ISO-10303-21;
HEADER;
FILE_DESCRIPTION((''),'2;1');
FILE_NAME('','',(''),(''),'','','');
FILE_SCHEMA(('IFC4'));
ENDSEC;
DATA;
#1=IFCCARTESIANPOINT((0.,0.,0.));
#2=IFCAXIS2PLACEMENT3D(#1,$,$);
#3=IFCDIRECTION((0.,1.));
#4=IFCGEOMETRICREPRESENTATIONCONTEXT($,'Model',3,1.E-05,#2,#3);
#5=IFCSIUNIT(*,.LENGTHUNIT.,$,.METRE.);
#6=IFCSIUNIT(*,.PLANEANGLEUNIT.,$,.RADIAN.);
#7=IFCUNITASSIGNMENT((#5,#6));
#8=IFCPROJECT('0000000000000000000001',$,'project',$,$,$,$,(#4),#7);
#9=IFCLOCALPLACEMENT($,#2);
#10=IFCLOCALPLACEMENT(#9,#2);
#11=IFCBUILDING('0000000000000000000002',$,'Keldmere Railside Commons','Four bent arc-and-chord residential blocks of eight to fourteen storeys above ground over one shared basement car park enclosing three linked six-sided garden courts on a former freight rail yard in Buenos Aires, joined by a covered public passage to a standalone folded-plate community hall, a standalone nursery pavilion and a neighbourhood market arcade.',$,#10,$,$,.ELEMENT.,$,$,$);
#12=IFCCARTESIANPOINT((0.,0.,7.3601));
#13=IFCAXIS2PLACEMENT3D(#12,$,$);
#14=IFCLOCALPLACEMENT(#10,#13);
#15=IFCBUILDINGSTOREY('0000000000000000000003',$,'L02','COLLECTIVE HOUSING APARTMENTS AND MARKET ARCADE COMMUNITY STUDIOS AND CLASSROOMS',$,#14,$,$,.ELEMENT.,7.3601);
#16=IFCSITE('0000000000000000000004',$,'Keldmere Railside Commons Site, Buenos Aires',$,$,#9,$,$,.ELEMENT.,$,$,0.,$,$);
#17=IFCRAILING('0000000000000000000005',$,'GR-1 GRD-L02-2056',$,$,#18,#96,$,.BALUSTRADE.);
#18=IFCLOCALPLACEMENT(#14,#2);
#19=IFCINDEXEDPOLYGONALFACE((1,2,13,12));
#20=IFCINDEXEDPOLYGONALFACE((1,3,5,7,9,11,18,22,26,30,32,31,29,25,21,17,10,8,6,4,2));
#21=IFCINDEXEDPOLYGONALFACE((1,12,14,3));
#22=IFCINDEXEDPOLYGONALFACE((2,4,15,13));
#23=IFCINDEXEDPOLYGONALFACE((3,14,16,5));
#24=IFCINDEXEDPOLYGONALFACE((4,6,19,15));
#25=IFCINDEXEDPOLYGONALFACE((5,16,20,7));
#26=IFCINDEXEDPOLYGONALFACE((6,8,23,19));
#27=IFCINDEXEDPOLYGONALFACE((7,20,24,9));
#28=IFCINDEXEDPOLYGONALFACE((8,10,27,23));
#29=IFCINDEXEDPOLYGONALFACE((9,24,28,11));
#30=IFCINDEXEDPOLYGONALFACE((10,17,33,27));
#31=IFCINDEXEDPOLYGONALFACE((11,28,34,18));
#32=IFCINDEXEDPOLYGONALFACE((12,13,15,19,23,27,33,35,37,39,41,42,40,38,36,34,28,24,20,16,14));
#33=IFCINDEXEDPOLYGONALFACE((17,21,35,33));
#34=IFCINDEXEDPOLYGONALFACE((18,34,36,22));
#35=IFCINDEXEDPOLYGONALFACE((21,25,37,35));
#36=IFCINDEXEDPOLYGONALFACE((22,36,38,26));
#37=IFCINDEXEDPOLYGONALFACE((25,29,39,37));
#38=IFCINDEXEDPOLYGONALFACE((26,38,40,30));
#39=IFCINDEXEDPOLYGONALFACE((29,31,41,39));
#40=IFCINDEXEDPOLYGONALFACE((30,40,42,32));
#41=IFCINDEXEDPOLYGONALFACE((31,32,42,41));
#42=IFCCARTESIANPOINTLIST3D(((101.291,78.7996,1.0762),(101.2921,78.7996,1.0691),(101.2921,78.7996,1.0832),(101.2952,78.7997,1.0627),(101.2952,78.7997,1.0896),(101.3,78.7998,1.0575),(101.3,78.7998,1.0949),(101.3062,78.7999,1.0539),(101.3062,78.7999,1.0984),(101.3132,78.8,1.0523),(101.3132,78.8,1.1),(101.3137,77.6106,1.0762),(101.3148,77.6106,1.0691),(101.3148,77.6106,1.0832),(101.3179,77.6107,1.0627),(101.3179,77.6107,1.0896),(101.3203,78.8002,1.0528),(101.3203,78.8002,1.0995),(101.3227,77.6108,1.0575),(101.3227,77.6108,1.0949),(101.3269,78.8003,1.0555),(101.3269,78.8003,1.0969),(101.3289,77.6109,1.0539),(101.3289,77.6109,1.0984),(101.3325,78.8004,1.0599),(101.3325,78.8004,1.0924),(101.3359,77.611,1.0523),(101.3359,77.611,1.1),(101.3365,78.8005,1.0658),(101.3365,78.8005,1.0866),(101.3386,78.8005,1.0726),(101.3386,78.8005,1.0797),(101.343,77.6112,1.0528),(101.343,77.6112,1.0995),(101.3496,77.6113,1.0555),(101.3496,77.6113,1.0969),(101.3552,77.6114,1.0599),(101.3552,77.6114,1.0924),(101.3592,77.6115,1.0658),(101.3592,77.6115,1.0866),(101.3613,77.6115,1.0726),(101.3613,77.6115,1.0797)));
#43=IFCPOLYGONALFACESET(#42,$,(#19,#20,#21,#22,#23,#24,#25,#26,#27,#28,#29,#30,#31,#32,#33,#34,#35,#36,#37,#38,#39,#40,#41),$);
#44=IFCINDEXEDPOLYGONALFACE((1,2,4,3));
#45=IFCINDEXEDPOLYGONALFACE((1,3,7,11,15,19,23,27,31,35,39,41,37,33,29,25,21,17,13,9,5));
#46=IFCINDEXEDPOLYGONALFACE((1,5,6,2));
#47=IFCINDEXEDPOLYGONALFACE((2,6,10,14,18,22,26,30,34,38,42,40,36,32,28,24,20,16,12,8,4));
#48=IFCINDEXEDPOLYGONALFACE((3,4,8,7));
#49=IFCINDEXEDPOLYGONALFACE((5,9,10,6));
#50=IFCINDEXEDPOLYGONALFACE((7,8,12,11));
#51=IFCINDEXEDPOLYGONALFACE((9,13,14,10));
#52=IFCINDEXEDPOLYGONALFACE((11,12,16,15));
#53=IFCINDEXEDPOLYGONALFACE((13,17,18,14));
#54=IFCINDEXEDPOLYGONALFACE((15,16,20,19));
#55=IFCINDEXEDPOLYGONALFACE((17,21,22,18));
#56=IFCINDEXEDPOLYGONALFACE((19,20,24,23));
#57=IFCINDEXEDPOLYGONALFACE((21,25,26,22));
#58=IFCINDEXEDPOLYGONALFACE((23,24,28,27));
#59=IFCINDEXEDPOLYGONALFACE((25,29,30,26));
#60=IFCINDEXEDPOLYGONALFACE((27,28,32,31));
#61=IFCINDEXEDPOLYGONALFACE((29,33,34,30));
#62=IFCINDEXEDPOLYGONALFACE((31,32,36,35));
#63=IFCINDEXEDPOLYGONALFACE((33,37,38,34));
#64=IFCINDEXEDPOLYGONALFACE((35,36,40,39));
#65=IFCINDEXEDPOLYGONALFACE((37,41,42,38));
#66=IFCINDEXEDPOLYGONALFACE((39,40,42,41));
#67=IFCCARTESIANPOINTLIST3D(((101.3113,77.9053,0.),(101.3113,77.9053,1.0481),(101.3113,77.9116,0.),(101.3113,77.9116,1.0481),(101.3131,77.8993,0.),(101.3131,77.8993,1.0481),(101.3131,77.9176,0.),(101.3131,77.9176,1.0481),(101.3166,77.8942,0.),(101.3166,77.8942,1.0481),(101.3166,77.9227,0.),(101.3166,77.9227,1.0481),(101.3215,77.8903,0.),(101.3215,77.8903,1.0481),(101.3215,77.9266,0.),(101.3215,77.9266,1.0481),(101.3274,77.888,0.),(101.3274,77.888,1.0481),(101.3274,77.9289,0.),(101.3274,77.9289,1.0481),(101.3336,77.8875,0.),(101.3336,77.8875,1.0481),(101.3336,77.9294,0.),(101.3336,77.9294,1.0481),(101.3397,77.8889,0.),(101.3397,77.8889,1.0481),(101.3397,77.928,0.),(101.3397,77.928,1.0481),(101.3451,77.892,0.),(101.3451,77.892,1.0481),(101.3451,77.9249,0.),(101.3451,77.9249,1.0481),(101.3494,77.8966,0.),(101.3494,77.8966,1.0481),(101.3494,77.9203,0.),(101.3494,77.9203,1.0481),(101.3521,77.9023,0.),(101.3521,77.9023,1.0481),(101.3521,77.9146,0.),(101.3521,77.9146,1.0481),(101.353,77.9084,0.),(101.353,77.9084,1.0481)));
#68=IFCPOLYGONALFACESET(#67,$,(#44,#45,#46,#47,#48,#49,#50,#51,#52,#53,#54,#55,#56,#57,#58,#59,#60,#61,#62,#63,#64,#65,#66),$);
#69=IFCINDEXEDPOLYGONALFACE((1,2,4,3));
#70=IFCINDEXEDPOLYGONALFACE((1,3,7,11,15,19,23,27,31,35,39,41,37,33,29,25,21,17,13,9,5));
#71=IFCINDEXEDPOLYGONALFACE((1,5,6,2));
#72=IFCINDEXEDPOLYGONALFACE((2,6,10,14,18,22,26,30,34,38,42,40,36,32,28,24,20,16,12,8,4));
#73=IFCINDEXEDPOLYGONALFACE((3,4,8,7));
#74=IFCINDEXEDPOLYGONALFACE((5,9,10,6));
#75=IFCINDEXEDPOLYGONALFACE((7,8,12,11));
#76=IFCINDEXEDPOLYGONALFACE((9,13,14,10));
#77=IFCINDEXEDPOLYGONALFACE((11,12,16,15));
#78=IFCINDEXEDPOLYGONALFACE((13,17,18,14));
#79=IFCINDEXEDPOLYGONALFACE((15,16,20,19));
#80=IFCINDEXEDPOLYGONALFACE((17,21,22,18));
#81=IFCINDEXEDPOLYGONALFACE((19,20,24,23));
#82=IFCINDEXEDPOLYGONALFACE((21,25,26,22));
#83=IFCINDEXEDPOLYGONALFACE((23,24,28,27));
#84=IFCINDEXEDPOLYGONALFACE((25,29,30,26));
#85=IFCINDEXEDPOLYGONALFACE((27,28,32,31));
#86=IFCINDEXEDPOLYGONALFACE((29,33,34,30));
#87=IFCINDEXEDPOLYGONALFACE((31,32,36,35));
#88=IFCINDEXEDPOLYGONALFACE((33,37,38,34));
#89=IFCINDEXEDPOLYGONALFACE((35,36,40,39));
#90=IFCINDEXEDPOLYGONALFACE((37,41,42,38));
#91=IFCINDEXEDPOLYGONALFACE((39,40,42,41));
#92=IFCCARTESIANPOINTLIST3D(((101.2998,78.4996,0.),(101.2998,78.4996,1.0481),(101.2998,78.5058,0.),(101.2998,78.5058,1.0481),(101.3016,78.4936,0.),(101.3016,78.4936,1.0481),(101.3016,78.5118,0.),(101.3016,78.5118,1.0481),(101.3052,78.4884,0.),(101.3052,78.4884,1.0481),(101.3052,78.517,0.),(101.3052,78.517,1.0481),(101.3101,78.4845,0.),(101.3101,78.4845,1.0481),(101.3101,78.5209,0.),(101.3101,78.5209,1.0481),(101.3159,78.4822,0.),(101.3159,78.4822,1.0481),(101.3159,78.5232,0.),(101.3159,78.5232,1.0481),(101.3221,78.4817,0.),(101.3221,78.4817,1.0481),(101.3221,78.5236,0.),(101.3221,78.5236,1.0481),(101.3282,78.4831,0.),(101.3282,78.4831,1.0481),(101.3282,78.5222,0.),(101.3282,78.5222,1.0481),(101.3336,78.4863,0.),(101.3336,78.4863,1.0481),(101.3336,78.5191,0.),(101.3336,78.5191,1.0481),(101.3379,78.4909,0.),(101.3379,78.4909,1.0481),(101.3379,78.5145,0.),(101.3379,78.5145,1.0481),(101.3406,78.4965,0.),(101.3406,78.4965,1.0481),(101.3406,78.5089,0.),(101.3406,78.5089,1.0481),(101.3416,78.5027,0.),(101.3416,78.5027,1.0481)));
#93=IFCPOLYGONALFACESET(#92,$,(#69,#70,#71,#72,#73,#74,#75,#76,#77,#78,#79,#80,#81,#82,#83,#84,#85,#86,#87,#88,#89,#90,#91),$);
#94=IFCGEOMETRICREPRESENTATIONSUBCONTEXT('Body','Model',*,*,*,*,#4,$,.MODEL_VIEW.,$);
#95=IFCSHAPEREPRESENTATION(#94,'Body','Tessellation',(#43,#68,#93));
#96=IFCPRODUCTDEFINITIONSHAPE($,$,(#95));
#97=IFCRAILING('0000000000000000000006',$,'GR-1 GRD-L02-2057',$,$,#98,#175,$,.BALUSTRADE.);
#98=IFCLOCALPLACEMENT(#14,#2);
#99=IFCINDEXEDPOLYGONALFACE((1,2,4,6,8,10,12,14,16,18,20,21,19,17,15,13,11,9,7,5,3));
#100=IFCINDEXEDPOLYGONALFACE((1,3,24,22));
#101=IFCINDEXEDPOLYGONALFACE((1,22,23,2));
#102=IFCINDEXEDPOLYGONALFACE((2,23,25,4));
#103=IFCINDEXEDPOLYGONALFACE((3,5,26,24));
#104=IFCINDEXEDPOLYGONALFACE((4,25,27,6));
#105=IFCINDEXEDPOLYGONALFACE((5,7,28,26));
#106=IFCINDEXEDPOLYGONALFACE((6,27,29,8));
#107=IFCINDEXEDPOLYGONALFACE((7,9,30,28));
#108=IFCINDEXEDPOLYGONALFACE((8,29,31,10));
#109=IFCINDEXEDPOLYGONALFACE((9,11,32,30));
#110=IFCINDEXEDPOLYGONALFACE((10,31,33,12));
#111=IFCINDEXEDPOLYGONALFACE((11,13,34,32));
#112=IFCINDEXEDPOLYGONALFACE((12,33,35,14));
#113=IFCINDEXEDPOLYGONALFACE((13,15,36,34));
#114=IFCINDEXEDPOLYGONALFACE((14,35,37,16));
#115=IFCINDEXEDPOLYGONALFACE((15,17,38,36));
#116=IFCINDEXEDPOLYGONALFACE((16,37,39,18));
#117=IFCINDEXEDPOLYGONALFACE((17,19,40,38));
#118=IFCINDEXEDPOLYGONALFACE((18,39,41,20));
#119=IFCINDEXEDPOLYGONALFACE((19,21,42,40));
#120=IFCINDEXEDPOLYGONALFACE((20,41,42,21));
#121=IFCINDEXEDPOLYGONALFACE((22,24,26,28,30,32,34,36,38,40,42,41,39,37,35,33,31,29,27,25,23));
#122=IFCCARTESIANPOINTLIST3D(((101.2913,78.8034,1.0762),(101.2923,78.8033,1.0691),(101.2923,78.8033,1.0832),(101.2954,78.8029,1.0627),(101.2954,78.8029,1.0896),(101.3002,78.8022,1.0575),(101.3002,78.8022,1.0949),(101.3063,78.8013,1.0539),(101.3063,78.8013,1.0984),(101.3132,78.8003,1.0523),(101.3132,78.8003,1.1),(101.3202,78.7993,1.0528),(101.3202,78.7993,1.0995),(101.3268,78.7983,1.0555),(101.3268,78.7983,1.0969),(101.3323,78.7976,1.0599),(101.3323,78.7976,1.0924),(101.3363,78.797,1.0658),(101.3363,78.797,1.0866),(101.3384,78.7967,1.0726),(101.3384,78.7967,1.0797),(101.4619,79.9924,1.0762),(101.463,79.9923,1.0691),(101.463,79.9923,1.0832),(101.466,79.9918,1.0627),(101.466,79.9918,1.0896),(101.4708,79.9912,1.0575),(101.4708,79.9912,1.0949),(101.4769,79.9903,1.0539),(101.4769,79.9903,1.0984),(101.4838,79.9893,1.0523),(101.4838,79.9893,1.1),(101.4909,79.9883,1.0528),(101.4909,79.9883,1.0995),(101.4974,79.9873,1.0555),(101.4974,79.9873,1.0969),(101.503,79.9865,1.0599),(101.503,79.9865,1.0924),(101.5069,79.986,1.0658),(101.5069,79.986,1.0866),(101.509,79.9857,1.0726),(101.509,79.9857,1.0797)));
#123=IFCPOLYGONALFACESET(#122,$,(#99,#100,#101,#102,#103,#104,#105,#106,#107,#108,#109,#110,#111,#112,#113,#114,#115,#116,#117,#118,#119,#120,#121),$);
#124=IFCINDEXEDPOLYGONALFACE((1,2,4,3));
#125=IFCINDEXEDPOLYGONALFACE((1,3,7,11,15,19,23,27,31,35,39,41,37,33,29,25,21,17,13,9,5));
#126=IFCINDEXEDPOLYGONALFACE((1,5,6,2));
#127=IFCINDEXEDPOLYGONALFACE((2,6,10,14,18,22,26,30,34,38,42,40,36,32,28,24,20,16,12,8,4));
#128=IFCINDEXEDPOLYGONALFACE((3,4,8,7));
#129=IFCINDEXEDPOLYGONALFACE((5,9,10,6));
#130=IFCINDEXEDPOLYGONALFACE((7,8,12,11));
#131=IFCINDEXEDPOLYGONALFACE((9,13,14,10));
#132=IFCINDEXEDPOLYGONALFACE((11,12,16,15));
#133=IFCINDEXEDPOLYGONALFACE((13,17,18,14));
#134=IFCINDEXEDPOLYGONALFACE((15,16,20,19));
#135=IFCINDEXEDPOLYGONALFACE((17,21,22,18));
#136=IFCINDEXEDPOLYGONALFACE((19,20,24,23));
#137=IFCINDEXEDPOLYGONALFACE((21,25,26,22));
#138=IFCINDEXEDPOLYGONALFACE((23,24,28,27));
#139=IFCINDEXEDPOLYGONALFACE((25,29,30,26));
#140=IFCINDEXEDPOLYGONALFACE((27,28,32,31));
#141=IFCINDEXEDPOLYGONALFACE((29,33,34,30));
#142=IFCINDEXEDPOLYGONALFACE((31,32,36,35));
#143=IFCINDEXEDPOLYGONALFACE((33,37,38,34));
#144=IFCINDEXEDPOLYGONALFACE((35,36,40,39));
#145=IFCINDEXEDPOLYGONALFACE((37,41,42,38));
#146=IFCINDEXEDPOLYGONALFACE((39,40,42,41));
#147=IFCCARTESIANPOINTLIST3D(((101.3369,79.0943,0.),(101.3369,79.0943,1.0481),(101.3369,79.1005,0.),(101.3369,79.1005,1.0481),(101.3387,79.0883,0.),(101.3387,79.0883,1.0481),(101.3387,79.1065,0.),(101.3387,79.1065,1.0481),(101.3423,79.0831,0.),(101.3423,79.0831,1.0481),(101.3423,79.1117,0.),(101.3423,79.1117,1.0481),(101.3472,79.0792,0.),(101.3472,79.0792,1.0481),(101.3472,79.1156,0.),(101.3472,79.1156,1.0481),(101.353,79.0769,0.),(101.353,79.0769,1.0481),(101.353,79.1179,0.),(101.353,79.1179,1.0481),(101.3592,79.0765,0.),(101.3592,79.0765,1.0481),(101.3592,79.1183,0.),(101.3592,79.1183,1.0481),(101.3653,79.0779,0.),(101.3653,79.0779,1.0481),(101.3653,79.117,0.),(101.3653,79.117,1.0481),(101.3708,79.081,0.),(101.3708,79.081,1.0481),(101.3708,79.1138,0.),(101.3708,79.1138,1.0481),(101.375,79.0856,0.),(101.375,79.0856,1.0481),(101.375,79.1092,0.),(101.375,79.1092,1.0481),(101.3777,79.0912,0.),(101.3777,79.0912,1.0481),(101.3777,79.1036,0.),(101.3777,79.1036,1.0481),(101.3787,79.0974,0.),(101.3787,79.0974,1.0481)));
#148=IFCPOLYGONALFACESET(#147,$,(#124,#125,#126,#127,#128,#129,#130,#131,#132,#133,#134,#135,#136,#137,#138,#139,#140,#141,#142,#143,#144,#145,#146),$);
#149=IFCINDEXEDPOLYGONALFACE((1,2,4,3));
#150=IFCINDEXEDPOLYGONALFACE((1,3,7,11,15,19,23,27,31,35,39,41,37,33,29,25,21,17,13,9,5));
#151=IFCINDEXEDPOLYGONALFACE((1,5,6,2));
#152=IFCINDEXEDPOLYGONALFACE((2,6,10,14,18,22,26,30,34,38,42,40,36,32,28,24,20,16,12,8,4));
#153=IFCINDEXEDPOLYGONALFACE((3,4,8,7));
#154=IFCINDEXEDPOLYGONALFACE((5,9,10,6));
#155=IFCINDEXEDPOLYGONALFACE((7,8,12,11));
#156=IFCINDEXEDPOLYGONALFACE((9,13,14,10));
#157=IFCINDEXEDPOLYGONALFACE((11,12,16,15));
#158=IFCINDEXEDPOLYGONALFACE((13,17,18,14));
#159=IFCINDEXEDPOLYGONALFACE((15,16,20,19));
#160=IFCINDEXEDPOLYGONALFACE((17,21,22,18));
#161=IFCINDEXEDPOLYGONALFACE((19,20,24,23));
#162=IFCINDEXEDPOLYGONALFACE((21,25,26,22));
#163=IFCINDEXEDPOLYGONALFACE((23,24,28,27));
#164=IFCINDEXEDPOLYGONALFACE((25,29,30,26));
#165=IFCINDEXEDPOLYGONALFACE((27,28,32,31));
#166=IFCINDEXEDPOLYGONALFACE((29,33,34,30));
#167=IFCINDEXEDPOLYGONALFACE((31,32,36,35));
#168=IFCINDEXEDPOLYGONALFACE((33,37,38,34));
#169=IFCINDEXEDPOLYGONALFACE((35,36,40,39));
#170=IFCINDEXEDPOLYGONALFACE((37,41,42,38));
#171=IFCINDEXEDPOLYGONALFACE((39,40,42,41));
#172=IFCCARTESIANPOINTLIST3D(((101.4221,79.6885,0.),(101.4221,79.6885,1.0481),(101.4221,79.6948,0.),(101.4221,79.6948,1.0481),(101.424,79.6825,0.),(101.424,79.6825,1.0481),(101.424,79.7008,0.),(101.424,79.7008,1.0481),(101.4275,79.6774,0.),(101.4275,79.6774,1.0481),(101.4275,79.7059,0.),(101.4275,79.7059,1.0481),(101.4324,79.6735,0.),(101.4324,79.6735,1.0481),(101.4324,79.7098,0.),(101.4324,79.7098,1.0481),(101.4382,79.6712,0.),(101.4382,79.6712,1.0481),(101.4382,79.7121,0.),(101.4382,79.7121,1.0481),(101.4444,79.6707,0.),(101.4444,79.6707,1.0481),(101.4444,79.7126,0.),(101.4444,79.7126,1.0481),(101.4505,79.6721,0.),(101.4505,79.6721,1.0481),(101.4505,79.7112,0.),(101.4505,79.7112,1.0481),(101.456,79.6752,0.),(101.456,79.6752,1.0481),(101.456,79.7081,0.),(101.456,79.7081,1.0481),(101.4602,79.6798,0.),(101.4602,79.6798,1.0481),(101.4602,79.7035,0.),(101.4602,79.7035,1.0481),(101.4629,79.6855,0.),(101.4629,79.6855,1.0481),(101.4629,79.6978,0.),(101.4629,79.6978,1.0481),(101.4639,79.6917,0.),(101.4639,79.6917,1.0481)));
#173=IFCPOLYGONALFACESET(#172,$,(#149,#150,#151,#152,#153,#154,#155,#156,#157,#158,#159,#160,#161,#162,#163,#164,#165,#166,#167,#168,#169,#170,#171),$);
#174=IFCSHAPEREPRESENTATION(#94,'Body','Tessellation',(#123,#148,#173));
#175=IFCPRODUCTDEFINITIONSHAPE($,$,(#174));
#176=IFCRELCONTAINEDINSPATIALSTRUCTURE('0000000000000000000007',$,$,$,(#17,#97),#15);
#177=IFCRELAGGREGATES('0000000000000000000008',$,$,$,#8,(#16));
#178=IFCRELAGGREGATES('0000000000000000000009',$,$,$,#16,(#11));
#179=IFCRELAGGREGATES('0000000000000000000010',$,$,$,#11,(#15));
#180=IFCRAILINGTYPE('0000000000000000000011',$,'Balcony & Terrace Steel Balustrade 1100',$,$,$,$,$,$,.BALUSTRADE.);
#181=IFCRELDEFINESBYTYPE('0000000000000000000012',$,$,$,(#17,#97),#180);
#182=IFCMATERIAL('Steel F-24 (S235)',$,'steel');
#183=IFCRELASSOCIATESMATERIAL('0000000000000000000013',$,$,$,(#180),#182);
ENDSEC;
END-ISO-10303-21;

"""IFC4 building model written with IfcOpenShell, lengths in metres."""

from ifc_helpers import new_model, si_unit, direction, frame, origin, origin_2d, place, context, subcontext, project, spatial, circle, extrude, material, type_object, element, save


model = new_model("IFC4")

# Units and contexts
model_context = context("Model", 3, precision=1e-05, world=origin(), true_north=direction((0.0, 1.0)))
body_context = subcontext(model_context, "Body", "Model", "MODEL_VIEW")
ifc_project = project(units=[si_unit("LENGTHUNIT", "METRE"), si_unit("PLANEANGLEUNIT", "RADIAN")], contexts=[model_context])

# Site, building, storey
site_placement = place(None, origin())
site = spatial("IfcSite", under=ifc_project, at=site_placement, Name="Keldmere Railside Commons Site, Buenos Aires", CompositionType="ELEMENT", RefElevation=0.0)
building_placement = place(site_placement, origin())
building = spatial("IfcBuilding", under=site, at=building_placement, Name="Keldmere Railside Commons", Description="Four bent arc-and-chord residential blocks of eight to fourteen storeys above ground over one shared basement car park enclosing three linked six-sided garden courts on a former freight rail yard in Buenos Aires, joined by a covered public passage to a standalone folded-plate community hall, a standalone nursery pavilion and a neighbourhood market arcade.", CompositionType="ELEMENT")
storey_placement = place(building_placement, frame((0.0, 0.0, 7.3601)))
storey = spatial("IfcBuildingStorey", under=building, at=storey_placement, Name="L02", Description="COLLECTIVE HOUSING APARTMENTS AND MARKET ARCADE COMMUNITY STUDIOS AND CLASSROOMS", CompositionType="ELEMENT", Elevation=7.3601)

# Shared definitions
ifc_material_1 = material(Name="Steel F-24 (S235)", Category="steel")

# Railings
railing_type = type_object("IfcRailingType", Name="Balcony & Terrace Steel Balustrade 1100", PredefinedType="BALUSTRADE", material=ifc_material_1)
railing_1_placement = place(storey_placement, frame((101.3376, 77.6111, 0.0)))
element("IfcRailing", 1, at=railing_1_placement, inside=storey, type_object=railing_type, Name="GR-1 GRD-L02-2056", PredefinedType="BALUSTRADE", context=body_context, shape_type="SweptSolid", body=[
    extrude(circle(Radius=0.0239, at=origin_2d()), frame((0.0, 0.0, 1.0762), z_axis=(-0.019093, 0.999818, 0.0), x_axis=(-0.999818, -0.019093, 0.0)), (0.0, 0.0, 1.0), 1.1892),
    extrude(circle(Radius=0.021, at=origin_2d()), frame((-0.0056, 0.2974, 0.0)), (0.0, 0.0, 1.0), 1.0481),
    extrude(circle(Radius=0.021, at=origin_2d()), frame((-0.0171, 0.8916, 0.0)), (0.0, 0.0, 1.0), 1.0481),
])
railing_2_placement = place(storey_placement, frame((101.3149, 78.8, 0.0)))
element("IfcRailing", 2, at=railing_2_placement, inside=storey, type_object=railing_type, Name="GR-1 GRD-L02-2057", PredefinedType="BALUSTRADE", context=body_context, shape_type="SweptSolid", body=[
    extrude(circle(Radius=0.0239, at=origin_2d()), frame((0.0, 0.0, 1.0762), z_axis=(0.142076, 0.989856, 0.0), x_axis=(-0.989856, 0.142076, 0.0)), (0.0, 0.0, 1.0), 1.2012),
    extrude(circle(Radius=0.021, at=origin_2d()), frame((0.0427, 0.2974, 0.0)), (0.0, 0.0, 1.0), 1.0481),
    extrude(circle(Radius=0.021, at=origin_2d()), frame((0.1279, 0.8916, 0.0)), (0.0, 0.0, 1.0), 1.0481),
])

save(model, "model.ifc")
